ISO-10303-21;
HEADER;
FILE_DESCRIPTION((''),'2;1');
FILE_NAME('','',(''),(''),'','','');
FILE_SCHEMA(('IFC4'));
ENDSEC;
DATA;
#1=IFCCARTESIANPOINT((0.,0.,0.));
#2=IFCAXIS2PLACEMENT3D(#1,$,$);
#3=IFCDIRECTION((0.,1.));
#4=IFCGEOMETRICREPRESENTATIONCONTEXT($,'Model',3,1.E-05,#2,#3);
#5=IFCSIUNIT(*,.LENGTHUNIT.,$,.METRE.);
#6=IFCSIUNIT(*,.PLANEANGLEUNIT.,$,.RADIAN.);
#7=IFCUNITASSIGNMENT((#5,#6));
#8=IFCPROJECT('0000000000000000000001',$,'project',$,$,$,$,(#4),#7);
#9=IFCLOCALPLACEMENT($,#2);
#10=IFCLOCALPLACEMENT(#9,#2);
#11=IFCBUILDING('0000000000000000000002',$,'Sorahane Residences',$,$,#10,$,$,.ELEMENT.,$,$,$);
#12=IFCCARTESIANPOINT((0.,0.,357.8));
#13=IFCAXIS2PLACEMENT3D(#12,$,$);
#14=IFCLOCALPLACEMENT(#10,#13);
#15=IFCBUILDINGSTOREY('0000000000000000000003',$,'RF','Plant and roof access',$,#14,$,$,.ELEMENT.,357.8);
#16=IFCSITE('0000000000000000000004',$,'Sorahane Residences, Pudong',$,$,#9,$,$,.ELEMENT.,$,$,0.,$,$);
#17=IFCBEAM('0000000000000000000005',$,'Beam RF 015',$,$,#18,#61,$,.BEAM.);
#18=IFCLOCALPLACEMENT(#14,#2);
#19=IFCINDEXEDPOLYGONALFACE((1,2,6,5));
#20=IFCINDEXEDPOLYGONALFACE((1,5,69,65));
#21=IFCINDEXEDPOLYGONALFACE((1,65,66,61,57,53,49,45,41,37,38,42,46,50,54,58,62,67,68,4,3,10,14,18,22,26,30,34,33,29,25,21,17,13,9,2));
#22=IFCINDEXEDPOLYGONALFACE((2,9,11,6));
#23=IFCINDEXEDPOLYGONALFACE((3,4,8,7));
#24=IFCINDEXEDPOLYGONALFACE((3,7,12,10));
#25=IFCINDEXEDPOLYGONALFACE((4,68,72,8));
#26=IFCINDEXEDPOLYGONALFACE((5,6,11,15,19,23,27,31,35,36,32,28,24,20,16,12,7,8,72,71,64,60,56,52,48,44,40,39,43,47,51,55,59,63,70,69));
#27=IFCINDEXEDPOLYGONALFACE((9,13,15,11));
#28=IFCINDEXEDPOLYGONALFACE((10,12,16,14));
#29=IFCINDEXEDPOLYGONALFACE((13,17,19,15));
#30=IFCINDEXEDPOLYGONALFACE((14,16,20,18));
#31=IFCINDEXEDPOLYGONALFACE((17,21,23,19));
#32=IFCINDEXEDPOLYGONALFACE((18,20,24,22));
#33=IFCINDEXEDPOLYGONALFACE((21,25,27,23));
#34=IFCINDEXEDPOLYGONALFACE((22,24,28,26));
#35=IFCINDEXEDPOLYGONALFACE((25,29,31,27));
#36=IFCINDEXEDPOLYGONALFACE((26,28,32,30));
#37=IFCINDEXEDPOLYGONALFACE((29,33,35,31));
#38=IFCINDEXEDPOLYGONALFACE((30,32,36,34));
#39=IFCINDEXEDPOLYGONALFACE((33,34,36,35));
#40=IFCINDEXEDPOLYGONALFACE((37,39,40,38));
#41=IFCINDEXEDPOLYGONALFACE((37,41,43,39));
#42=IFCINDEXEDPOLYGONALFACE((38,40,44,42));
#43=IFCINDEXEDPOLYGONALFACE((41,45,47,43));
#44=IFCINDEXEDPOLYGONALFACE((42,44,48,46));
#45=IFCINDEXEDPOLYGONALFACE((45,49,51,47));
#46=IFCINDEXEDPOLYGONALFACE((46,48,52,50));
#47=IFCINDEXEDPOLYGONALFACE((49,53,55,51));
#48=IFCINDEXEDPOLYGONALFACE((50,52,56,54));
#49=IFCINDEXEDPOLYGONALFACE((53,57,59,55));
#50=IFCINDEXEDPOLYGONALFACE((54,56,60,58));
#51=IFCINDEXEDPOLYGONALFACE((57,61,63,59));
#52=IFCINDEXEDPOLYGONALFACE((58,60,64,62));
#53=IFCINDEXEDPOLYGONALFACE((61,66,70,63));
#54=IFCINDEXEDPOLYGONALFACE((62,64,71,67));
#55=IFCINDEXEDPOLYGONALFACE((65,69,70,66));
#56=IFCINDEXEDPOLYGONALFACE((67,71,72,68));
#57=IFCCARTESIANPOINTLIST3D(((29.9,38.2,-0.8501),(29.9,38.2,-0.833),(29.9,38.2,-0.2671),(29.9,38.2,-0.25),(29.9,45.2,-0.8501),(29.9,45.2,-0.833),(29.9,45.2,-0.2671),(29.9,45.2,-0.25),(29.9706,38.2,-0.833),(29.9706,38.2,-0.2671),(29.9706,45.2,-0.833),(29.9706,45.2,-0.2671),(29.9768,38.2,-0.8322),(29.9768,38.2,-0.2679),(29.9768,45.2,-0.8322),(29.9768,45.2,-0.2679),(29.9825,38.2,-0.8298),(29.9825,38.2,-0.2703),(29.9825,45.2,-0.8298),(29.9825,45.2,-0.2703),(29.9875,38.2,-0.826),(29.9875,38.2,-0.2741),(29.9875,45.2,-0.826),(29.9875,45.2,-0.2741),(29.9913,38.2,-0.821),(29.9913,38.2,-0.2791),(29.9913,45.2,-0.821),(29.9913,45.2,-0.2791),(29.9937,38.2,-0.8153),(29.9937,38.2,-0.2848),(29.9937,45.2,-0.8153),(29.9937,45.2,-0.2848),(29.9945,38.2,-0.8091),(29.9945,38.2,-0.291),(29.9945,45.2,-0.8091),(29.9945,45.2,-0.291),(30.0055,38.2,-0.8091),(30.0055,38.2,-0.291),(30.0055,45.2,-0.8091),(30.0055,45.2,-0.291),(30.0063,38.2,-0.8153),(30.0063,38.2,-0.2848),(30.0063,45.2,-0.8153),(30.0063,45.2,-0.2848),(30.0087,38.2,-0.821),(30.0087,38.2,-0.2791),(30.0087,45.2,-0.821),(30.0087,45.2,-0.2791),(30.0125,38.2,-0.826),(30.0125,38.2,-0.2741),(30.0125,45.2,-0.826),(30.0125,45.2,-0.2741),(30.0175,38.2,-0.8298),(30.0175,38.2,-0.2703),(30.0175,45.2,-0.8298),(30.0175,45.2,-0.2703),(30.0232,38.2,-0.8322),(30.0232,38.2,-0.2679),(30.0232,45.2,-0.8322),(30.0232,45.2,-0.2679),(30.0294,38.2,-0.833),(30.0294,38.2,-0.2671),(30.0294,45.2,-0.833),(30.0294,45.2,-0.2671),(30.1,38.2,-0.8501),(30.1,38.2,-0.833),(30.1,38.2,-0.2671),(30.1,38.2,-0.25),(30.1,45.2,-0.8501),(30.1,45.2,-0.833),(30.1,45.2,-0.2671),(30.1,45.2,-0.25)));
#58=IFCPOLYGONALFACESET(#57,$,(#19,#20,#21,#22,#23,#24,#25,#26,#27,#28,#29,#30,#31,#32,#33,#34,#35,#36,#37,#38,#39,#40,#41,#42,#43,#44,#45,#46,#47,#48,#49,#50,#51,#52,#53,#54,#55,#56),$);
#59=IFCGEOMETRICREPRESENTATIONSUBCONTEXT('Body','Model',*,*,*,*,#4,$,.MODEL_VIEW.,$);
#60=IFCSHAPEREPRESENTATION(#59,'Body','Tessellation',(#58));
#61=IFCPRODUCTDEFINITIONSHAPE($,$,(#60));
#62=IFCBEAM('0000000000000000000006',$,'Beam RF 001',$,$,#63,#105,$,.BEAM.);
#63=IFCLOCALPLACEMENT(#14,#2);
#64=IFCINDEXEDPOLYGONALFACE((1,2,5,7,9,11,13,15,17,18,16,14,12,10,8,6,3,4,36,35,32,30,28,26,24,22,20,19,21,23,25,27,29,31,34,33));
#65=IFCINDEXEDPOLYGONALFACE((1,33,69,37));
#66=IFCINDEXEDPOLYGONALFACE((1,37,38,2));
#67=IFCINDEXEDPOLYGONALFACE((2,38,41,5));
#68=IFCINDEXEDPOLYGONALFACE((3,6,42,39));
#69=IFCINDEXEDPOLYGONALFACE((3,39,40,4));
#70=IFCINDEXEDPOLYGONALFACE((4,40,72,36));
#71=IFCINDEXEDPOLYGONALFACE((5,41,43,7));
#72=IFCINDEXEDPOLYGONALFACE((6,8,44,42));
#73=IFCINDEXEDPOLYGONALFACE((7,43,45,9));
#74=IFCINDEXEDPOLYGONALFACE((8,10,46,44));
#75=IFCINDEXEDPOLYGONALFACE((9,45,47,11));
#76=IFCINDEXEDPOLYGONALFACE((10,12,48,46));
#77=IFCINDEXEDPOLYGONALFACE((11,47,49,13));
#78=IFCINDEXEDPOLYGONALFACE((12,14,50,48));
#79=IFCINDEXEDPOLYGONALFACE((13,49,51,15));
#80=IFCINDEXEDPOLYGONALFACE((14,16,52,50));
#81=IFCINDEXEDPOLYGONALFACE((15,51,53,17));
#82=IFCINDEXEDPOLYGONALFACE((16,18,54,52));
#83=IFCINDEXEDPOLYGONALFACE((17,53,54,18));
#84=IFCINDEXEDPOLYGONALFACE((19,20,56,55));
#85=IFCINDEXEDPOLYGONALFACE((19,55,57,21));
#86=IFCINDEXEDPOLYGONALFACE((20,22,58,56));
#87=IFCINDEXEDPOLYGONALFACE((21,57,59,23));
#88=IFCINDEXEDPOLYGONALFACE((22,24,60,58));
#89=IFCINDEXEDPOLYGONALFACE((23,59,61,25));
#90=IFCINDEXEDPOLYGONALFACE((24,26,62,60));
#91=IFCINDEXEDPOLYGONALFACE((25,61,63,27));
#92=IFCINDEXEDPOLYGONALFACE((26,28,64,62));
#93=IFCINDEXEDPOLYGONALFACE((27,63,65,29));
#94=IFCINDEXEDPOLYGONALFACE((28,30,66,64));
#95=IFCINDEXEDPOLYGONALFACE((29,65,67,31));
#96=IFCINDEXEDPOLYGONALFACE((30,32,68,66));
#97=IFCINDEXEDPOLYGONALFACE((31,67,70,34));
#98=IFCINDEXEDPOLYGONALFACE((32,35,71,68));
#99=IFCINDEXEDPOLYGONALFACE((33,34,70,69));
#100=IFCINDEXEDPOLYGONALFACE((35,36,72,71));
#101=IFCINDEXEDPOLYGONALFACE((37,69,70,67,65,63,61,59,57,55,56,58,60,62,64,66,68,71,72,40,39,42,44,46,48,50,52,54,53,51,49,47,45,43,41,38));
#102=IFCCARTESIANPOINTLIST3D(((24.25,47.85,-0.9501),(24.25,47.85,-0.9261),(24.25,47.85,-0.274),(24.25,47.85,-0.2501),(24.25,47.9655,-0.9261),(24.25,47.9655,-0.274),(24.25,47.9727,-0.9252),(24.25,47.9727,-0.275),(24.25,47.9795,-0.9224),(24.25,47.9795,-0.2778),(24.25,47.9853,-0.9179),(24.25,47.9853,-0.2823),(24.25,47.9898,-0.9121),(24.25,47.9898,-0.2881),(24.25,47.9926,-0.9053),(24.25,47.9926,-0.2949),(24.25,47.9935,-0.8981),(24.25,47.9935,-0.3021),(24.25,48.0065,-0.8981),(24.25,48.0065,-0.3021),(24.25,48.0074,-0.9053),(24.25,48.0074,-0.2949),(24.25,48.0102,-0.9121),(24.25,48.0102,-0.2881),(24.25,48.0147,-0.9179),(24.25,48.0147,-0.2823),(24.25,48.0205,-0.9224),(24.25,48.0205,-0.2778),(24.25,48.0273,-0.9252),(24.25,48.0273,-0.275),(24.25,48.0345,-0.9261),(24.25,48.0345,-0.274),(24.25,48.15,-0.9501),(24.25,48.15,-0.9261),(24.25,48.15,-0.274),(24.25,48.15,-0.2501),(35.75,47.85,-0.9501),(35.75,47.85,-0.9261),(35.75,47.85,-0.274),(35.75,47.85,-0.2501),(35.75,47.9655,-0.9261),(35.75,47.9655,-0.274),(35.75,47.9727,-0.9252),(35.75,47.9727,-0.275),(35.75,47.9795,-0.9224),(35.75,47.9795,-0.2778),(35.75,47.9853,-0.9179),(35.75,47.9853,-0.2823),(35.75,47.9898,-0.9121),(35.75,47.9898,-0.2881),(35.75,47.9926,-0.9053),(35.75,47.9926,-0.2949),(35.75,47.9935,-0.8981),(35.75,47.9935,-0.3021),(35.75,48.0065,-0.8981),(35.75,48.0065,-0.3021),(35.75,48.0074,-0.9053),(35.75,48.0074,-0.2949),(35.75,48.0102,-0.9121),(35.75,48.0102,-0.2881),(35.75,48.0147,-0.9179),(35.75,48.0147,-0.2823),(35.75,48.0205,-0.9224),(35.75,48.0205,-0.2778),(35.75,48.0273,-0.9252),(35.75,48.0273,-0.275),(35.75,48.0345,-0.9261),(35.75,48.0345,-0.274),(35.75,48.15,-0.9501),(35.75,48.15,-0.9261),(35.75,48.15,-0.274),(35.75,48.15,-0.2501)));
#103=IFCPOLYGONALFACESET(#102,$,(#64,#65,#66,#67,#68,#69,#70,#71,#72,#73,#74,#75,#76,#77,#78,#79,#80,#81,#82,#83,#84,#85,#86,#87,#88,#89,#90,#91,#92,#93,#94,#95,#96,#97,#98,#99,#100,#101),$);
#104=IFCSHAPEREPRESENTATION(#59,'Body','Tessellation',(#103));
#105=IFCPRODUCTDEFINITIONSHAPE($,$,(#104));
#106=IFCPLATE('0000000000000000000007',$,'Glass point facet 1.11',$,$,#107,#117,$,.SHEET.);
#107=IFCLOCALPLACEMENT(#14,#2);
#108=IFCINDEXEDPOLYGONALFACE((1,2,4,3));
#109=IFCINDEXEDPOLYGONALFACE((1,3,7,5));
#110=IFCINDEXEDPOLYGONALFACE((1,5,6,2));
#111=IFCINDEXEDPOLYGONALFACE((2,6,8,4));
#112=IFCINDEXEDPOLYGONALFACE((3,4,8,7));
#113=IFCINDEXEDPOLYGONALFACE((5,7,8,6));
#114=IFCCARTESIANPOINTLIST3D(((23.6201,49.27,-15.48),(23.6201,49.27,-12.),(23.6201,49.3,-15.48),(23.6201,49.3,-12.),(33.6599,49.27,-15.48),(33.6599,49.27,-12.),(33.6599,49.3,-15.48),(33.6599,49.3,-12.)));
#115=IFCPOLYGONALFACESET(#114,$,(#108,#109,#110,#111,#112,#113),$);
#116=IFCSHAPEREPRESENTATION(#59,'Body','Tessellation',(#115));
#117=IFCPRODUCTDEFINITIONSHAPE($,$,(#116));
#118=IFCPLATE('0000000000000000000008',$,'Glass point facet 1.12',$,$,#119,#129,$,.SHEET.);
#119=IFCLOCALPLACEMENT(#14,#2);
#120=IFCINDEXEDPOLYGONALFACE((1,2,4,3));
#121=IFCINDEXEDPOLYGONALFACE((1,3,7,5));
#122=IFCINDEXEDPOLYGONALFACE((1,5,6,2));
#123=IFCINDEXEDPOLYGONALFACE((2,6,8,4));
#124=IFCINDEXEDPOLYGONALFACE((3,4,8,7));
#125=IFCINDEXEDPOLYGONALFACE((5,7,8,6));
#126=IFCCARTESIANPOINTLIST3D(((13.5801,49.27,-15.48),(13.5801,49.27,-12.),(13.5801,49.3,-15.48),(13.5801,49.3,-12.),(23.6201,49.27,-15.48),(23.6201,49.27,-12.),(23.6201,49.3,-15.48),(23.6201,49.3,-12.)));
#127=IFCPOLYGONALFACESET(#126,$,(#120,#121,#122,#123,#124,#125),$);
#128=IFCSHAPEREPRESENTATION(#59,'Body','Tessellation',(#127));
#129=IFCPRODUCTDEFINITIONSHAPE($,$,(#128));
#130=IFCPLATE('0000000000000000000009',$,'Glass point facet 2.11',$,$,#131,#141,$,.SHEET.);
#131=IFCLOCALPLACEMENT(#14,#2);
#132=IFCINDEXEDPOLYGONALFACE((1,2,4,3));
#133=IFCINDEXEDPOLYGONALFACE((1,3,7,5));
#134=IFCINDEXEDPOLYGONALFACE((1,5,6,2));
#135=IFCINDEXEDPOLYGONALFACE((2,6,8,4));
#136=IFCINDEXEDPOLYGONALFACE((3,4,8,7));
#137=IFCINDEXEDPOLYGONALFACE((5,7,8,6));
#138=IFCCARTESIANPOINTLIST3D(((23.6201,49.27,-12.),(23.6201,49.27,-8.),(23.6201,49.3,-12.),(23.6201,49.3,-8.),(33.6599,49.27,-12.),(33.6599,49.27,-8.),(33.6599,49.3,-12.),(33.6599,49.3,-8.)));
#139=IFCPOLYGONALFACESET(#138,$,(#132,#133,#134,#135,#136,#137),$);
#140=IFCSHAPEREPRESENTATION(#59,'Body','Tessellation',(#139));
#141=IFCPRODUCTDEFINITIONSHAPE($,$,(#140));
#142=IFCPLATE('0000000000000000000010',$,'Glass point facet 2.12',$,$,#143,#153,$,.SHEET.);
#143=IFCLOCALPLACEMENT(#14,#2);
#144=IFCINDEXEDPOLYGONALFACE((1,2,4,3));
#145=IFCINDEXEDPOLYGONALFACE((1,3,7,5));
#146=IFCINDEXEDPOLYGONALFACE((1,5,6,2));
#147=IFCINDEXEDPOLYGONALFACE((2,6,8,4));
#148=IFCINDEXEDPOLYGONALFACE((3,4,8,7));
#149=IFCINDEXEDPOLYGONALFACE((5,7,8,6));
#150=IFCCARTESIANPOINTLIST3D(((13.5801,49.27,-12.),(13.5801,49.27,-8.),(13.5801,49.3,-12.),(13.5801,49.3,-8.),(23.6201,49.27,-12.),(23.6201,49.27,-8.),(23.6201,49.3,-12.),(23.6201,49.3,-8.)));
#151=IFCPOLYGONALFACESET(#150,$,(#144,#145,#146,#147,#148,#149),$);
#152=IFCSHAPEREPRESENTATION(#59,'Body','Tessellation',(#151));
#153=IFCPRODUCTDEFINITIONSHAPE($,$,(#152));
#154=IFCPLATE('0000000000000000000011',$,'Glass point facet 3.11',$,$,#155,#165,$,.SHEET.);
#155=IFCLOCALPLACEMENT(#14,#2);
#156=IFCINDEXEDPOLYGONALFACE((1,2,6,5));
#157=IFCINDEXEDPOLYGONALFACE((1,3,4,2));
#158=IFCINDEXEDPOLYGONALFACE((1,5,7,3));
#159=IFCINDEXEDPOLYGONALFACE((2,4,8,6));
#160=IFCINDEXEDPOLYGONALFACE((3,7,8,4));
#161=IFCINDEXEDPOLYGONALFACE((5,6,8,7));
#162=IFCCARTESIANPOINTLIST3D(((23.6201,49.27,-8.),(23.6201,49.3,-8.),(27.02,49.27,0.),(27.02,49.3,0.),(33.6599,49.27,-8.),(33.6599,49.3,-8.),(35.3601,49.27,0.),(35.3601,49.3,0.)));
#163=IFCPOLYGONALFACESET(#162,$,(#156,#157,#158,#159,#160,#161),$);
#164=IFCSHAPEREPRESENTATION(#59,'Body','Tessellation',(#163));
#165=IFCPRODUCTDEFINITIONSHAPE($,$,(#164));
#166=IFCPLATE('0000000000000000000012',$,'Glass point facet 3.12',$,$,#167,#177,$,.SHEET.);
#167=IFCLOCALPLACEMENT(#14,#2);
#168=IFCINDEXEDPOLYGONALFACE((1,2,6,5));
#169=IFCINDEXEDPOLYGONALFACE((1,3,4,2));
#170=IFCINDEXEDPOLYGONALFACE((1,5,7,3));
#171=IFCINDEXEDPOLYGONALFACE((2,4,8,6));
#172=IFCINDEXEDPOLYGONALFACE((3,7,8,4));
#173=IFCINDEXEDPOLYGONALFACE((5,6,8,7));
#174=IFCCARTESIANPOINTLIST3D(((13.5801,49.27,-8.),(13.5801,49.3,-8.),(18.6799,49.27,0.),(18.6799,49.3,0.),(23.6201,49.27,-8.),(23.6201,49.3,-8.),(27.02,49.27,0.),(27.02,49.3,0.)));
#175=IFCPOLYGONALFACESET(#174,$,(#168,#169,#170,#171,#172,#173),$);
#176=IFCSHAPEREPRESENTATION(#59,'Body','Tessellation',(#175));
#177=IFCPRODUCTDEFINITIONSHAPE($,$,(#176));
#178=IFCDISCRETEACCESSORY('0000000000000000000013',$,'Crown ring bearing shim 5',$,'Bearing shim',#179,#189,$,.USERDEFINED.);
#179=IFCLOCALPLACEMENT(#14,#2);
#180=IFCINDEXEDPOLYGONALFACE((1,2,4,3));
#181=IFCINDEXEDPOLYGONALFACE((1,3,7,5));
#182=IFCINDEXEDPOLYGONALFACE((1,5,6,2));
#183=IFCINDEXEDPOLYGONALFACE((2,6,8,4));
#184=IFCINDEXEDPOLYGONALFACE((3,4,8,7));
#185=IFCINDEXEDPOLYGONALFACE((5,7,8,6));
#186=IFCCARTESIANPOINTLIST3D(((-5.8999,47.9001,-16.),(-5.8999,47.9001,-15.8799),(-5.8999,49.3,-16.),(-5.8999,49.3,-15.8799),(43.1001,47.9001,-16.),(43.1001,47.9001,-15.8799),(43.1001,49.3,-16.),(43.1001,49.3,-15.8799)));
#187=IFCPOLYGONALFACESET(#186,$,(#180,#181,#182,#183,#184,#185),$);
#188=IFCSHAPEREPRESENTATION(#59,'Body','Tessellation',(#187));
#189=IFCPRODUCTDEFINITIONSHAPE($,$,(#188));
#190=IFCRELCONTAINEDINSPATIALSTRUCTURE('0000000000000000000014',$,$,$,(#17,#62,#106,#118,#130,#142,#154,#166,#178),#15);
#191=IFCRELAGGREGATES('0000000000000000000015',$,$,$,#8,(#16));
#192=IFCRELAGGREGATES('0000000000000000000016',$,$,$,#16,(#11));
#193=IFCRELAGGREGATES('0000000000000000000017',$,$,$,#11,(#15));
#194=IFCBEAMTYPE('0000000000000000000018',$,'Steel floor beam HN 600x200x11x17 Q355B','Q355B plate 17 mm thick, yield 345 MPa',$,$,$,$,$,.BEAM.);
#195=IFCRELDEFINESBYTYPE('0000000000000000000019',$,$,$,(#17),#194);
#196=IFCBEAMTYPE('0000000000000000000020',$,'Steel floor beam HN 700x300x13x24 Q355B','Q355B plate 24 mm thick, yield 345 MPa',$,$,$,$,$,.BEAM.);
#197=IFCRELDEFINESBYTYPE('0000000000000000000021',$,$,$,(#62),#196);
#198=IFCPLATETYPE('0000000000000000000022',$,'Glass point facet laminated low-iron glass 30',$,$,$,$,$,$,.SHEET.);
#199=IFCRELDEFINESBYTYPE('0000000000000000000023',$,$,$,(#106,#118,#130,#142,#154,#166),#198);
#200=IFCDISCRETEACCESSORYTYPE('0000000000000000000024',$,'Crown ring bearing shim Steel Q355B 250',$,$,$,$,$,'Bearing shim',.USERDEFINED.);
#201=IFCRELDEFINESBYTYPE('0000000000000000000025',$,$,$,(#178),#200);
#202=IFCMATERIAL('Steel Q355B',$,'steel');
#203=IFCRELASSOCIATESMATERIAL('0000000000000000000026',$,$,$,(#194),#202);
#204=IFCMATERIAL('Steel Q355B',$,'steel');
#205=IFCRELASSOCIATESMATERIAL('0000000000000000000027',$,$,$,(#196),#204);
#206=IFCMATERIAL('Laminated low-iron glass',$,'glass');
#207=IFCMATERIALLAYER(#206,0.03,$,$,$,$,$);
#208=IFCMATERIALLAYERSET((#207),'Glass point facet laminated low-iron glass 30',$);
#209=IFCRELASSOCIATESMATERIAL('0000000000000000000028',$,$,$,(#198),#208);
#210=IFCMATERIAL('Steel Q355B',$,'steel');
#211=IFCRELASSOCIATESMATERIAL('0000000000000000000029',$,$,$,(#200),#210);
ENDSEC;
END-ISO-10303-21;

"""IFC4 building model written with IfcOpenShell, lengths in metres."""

from ifc_helpers import new_model, si_unit, direction, frame, origin, origin_2d, place, context, subcontext, project, spatial, polyline, rectangle, i_section, outline, extrude, material, layer, layer_set, material_profile, profile_set, type_object, element, save


model = new_model("IFC4")

# Units and contexts
model_context = context("Model", 3, precision=1e-05, world=origin(), true_north=direction((0.0, 1.0)))
body_context = subcontext(model_context, "Body", "Model", "MODEL_VIEW")
ifc_project = project(units=[si_unit("LENGTHUNIT", "METRE"), si_unit("PLANEANGLEUNIT", "RADIAN")], contexts=[model_context])

# Site, building, storey
site_placement = place(None, origin())
site = spatial("IfcSite", under=ifc_project, at=site_placement, Name="Sorahane Residences, Pudong", CompositionType="ELEMENT", RefElevation=0.0)
building_placement = place(site_placement, origin())
building = spatial("IfcBuilding", under=site, at=building_placement, Name="Sorahane Residences", CompositionType="ELEMENT")
storey_placement = place(building_placement, frame((0.0, 0.0, 357.8)))
storey = spatial("IfcBuildingStorey", under=building, at=storey_placement, Name="RF", Description="Plant and roof access", CompositionType="ELEMENT", Elevation=357.8)

# Beams
ifc_material_1 = material(Name="Steel Q355B", Category="steel")
ifc_material_profile_1 = material_profile(ifc_material_1, i_section(OverallWidth=0.2, OverallDepth=0.6001, WebThickness=0.011, FlangeThickness=0.0171, FilletRadius=0.0239, at=origin_2d()), Name="HN 600x200x11x17")
ifc_profile_set_1 = profile_set([ifc_material_profile_1], Name="Steel Q355B")
beam_type_1 = type_object("IfcBeamType", Name="Steel floor beam HN 600x200x11x17 Q355B", Description="Q355B plate 17 mm thick, yield 345 MPa", PredefinedType="BEAM", material=ifc_profile_set_1)
for number, where, z_axis, x_axis, name in (
    (1, (30.0, 38.2, -0.55), (0.0, 1.0, 0.0), (-1.0, 0.0, 0.0), "Beam RF 015"),
):
    element("IfcBeam", number, at=place(storey_placement, frame(where, z_axis=z_axis, x_axis=x_axis)), inside=storey, type_object=beam_type_1, Name=name, PredefinedType="BEAM", context=body_context, shape_type="SweptSolid", body=[
        extrude(i_section(OverallWidth=0.2, OverallDepth=0.6001, WebThickness=0.011, FlangeThickness=0.0171, FilletRadius=0.0239, at=origin_2d()), origin(), (0.0, 0.0, 1.0), 7.0),
    ])
ifc_material_2 = material(Name="Steel Q355B", Category="steel")
ifc_material_profile_2 = material_profile(ifc_material_2, i_section(OverallWidth=0.3, OverallDepth=0.7, WebThickness=0.0129, FlangeThickness=0.0239, FilletRadius=0.0281, at=origin_2d()), Name="HN 700x300x13x24")
ifc_profile_set_2 = profile_set([ifc_material_profile_2], Name="Steel Q355B")
beam_type_2 = type_object("IfcBeamType", Name="Steel floor beam HN 700x300x13x24 Q355B", Description="Q355B plate 24 mm thick, yield 345 MPa", PredefinedType="BEAM", material=ifc_profile_set_2)
beam_1_placement = place(storey_placement, frame((24.25, 48.0, -0.6001), z_axis=(1.0, 0.0, 0.0), x_axis=(0.0, 1.0, 0.0)))
element("IfcBeam", 2, at=beam_1_placement, inside=storey, type_object=beam_type_2, Name="Beam RF 001", PredefinedType="BEAM", context=body_context, shape_type="SweptSolid", body=[
    extrude(i_section(OverallWidth=0.3, OverallDepth=0.7, WebThickness=0.0129, FlangeThickness=0.0239, FilletRadius=0.0281, at=origin_2d()), origin(), (0.0, 0.0, 1.0), 11.5),
])

# Plates
ifc_material_3 = material(Name="Laminated low-iron glass", Category="glass")
ifc_layer = layer(ifc_material_3, 0.03)
ifc_layer_set = layer_set([ifc_layer], Name="Glass point facet laminated low-iron glass 30")
plate_type = type_object("IfcPlateType", Name="Glass point facet laminated low-iron glass 30", PredefinedType="SHEET", material=ifc_layer_set)
plate_1_placement = place(storey_placement, frame((33.6599, 49.3, -15.48), z_axis=(0.0, 1.0, 0.0), x_axis=(-1.0, 0.0, 0.0)))
element("IfcPlate", 3, at=plate_1_placement, inside=storey, type_object=plate_type, Name="Glass point facet 1.11", PredefinedType="SHEET", context=body_context, shape_type="SweptSolid", body=[
    extrude(outline(polyline([(0.0, 0.0), (10.0398, 0.0), (10.0398, 3.48), (0.0, 3.48), (0.0, 0.0)])), origin(), (0.0, 0.0, -1.0), 0.03),
])
plate_2_placement = place(storey_placement, frame((23.6201, 49.3, -15.48), z_axis=(0.0, 1.0, 0.0), x_axis=(-1.0, 0.0, 0.0)))
element("IfcPlate", 4, at=plate_2_placement, inside=storey, type_object=plate_type, Name="Glass point facet 1.12", PredefinedType="SHEET", context=body_context, shape_type="SweptSolid", body=[
    extrude(outline(polyline([(0.0, 0.0), (10.04, 0.0), (10.04, 3.48), (0.0, 3.48), (0.0, 0.0)])), origin(), (0.0, 0.0, -1.0), 0.03),
])
plate_3_placement = place(storey_placement, frame((33.6599, 49.3, -12.0), z_axis=(0.0, 1.0, 0.0), x_axis=(-1.0, 0.0, 0.0)))
element("IfcPlate", 5, at=plate_3_placement, inside=storey, type_object=plate_type, Name="Glass point facet 2.11", PredefinedType="SHEET", context=body_context, shape_type="SweptSolid", body=[
    extrude(outline(polyline([(0.0, 0.0), (10.0398, 0.0), (10.0398, 4.0), (0.0, 4.0), (0.0, 0.0)])), origin(), (0.0, 0.0, -1.0), 0.03),
])
plate_4_placement = place(storey_placement, frame((23.6201, 49.3, -12.0), z_axis=(0.0, 1.0, 0.0), x_axis=(-1.0, 0.0, 0.0)))
element("IfcPlate", 6, at=plate_4_placement, inside=storey, type_object=plate_type, Name="Glass point facet 2.12", PredefinedType="SHEET", context=body_context, shape_type="SweptSolid", body=[
    extrude(outline(polyline([(0.0, 0.0), (10.04, 0.0), (10.04, 4.0), (0.0, 4.0), (0.0, 0.0)])), origin(), (0.0, 0.0, -1.0), 0.03),
])
plate_5_placement = place(storey_placement, frame((33.6599, 49.3, -8.0), z_axis=(0.0, 1.0, 0.0), x_axis=(-1.0, 0.0, 0.0)))
element("IfcPlate", 7, at=plate_5_placement, inside=storey, type_object=plate_type, Name="Glass point facet 3.11", PredefinedType="SHEET", context=body_context, shape_type="SweptSolid", body=[
    extrude(outline(polyline([(0.0, 0.0), (10.0398, 0.0), (6.6399, 8.0), (-1.7002, 8.0), (0.0, 0.0)])), origin(), (0.0, 0.0, -1.0), 0.03),
])
plate_6_placement = place(storey_placement, frame((23.6201, 49.3, -8.0), z_axis=(0.0, 1.0, 0.0), x_axis=(-1.0, 0.0, 0.0)))
element("IfcPlate", 8, at=plate_6_placement, inside=storey, type_object=plate_type, Name="Glass point facet 3.12", PredefinedType="SHEET", context=body_context, shape_type="SweptSolid", body=[
    extrude(outline(polyline([(0.0, 0.0), (10.04, 0.0), (4.9402, 8.0), (-3.3999, 8.0), (0.0, 0.0)])), origin(), (0.0, 0.0, -1.0), 0.03),
])

# Discrete accessory
ifc_material_4 = material(Name="Steel Q355B", Category="steel")
discrete_accessory_type = type_object("IfcDiscreteAccessoryType", Name="Crown ring bearing shim Steel Q355B 250", ElementType="Bearing shim", PredefinedType="USERDEFINED", material=ifc_material_4)
discrete_accessory_placement = place(storey_placement, frame((18.6001, 48.6001, -16.0), z_axis=(0.0, 0.0, 1.0), x_axis=(-1.0, 0.0, 0.0)))
element("IfcDiscreteAccessory", 9, at=discrete_accessory_placement, inside=storey, type_object=discrete_accessory_type, Name="Crown ring bearing shim 5", ObjectType="Bearing shim", PredefinedType="USERDEFINED", context=body_context, shape_type="SweptSolid", body=[
    extrude(rectangle(XDim=49.0, YDim=1.3999, at=origin_2d()), origin(), (0.0, 0.0, 1.0), 0.1201),
])

save(model, "model.ifc")
